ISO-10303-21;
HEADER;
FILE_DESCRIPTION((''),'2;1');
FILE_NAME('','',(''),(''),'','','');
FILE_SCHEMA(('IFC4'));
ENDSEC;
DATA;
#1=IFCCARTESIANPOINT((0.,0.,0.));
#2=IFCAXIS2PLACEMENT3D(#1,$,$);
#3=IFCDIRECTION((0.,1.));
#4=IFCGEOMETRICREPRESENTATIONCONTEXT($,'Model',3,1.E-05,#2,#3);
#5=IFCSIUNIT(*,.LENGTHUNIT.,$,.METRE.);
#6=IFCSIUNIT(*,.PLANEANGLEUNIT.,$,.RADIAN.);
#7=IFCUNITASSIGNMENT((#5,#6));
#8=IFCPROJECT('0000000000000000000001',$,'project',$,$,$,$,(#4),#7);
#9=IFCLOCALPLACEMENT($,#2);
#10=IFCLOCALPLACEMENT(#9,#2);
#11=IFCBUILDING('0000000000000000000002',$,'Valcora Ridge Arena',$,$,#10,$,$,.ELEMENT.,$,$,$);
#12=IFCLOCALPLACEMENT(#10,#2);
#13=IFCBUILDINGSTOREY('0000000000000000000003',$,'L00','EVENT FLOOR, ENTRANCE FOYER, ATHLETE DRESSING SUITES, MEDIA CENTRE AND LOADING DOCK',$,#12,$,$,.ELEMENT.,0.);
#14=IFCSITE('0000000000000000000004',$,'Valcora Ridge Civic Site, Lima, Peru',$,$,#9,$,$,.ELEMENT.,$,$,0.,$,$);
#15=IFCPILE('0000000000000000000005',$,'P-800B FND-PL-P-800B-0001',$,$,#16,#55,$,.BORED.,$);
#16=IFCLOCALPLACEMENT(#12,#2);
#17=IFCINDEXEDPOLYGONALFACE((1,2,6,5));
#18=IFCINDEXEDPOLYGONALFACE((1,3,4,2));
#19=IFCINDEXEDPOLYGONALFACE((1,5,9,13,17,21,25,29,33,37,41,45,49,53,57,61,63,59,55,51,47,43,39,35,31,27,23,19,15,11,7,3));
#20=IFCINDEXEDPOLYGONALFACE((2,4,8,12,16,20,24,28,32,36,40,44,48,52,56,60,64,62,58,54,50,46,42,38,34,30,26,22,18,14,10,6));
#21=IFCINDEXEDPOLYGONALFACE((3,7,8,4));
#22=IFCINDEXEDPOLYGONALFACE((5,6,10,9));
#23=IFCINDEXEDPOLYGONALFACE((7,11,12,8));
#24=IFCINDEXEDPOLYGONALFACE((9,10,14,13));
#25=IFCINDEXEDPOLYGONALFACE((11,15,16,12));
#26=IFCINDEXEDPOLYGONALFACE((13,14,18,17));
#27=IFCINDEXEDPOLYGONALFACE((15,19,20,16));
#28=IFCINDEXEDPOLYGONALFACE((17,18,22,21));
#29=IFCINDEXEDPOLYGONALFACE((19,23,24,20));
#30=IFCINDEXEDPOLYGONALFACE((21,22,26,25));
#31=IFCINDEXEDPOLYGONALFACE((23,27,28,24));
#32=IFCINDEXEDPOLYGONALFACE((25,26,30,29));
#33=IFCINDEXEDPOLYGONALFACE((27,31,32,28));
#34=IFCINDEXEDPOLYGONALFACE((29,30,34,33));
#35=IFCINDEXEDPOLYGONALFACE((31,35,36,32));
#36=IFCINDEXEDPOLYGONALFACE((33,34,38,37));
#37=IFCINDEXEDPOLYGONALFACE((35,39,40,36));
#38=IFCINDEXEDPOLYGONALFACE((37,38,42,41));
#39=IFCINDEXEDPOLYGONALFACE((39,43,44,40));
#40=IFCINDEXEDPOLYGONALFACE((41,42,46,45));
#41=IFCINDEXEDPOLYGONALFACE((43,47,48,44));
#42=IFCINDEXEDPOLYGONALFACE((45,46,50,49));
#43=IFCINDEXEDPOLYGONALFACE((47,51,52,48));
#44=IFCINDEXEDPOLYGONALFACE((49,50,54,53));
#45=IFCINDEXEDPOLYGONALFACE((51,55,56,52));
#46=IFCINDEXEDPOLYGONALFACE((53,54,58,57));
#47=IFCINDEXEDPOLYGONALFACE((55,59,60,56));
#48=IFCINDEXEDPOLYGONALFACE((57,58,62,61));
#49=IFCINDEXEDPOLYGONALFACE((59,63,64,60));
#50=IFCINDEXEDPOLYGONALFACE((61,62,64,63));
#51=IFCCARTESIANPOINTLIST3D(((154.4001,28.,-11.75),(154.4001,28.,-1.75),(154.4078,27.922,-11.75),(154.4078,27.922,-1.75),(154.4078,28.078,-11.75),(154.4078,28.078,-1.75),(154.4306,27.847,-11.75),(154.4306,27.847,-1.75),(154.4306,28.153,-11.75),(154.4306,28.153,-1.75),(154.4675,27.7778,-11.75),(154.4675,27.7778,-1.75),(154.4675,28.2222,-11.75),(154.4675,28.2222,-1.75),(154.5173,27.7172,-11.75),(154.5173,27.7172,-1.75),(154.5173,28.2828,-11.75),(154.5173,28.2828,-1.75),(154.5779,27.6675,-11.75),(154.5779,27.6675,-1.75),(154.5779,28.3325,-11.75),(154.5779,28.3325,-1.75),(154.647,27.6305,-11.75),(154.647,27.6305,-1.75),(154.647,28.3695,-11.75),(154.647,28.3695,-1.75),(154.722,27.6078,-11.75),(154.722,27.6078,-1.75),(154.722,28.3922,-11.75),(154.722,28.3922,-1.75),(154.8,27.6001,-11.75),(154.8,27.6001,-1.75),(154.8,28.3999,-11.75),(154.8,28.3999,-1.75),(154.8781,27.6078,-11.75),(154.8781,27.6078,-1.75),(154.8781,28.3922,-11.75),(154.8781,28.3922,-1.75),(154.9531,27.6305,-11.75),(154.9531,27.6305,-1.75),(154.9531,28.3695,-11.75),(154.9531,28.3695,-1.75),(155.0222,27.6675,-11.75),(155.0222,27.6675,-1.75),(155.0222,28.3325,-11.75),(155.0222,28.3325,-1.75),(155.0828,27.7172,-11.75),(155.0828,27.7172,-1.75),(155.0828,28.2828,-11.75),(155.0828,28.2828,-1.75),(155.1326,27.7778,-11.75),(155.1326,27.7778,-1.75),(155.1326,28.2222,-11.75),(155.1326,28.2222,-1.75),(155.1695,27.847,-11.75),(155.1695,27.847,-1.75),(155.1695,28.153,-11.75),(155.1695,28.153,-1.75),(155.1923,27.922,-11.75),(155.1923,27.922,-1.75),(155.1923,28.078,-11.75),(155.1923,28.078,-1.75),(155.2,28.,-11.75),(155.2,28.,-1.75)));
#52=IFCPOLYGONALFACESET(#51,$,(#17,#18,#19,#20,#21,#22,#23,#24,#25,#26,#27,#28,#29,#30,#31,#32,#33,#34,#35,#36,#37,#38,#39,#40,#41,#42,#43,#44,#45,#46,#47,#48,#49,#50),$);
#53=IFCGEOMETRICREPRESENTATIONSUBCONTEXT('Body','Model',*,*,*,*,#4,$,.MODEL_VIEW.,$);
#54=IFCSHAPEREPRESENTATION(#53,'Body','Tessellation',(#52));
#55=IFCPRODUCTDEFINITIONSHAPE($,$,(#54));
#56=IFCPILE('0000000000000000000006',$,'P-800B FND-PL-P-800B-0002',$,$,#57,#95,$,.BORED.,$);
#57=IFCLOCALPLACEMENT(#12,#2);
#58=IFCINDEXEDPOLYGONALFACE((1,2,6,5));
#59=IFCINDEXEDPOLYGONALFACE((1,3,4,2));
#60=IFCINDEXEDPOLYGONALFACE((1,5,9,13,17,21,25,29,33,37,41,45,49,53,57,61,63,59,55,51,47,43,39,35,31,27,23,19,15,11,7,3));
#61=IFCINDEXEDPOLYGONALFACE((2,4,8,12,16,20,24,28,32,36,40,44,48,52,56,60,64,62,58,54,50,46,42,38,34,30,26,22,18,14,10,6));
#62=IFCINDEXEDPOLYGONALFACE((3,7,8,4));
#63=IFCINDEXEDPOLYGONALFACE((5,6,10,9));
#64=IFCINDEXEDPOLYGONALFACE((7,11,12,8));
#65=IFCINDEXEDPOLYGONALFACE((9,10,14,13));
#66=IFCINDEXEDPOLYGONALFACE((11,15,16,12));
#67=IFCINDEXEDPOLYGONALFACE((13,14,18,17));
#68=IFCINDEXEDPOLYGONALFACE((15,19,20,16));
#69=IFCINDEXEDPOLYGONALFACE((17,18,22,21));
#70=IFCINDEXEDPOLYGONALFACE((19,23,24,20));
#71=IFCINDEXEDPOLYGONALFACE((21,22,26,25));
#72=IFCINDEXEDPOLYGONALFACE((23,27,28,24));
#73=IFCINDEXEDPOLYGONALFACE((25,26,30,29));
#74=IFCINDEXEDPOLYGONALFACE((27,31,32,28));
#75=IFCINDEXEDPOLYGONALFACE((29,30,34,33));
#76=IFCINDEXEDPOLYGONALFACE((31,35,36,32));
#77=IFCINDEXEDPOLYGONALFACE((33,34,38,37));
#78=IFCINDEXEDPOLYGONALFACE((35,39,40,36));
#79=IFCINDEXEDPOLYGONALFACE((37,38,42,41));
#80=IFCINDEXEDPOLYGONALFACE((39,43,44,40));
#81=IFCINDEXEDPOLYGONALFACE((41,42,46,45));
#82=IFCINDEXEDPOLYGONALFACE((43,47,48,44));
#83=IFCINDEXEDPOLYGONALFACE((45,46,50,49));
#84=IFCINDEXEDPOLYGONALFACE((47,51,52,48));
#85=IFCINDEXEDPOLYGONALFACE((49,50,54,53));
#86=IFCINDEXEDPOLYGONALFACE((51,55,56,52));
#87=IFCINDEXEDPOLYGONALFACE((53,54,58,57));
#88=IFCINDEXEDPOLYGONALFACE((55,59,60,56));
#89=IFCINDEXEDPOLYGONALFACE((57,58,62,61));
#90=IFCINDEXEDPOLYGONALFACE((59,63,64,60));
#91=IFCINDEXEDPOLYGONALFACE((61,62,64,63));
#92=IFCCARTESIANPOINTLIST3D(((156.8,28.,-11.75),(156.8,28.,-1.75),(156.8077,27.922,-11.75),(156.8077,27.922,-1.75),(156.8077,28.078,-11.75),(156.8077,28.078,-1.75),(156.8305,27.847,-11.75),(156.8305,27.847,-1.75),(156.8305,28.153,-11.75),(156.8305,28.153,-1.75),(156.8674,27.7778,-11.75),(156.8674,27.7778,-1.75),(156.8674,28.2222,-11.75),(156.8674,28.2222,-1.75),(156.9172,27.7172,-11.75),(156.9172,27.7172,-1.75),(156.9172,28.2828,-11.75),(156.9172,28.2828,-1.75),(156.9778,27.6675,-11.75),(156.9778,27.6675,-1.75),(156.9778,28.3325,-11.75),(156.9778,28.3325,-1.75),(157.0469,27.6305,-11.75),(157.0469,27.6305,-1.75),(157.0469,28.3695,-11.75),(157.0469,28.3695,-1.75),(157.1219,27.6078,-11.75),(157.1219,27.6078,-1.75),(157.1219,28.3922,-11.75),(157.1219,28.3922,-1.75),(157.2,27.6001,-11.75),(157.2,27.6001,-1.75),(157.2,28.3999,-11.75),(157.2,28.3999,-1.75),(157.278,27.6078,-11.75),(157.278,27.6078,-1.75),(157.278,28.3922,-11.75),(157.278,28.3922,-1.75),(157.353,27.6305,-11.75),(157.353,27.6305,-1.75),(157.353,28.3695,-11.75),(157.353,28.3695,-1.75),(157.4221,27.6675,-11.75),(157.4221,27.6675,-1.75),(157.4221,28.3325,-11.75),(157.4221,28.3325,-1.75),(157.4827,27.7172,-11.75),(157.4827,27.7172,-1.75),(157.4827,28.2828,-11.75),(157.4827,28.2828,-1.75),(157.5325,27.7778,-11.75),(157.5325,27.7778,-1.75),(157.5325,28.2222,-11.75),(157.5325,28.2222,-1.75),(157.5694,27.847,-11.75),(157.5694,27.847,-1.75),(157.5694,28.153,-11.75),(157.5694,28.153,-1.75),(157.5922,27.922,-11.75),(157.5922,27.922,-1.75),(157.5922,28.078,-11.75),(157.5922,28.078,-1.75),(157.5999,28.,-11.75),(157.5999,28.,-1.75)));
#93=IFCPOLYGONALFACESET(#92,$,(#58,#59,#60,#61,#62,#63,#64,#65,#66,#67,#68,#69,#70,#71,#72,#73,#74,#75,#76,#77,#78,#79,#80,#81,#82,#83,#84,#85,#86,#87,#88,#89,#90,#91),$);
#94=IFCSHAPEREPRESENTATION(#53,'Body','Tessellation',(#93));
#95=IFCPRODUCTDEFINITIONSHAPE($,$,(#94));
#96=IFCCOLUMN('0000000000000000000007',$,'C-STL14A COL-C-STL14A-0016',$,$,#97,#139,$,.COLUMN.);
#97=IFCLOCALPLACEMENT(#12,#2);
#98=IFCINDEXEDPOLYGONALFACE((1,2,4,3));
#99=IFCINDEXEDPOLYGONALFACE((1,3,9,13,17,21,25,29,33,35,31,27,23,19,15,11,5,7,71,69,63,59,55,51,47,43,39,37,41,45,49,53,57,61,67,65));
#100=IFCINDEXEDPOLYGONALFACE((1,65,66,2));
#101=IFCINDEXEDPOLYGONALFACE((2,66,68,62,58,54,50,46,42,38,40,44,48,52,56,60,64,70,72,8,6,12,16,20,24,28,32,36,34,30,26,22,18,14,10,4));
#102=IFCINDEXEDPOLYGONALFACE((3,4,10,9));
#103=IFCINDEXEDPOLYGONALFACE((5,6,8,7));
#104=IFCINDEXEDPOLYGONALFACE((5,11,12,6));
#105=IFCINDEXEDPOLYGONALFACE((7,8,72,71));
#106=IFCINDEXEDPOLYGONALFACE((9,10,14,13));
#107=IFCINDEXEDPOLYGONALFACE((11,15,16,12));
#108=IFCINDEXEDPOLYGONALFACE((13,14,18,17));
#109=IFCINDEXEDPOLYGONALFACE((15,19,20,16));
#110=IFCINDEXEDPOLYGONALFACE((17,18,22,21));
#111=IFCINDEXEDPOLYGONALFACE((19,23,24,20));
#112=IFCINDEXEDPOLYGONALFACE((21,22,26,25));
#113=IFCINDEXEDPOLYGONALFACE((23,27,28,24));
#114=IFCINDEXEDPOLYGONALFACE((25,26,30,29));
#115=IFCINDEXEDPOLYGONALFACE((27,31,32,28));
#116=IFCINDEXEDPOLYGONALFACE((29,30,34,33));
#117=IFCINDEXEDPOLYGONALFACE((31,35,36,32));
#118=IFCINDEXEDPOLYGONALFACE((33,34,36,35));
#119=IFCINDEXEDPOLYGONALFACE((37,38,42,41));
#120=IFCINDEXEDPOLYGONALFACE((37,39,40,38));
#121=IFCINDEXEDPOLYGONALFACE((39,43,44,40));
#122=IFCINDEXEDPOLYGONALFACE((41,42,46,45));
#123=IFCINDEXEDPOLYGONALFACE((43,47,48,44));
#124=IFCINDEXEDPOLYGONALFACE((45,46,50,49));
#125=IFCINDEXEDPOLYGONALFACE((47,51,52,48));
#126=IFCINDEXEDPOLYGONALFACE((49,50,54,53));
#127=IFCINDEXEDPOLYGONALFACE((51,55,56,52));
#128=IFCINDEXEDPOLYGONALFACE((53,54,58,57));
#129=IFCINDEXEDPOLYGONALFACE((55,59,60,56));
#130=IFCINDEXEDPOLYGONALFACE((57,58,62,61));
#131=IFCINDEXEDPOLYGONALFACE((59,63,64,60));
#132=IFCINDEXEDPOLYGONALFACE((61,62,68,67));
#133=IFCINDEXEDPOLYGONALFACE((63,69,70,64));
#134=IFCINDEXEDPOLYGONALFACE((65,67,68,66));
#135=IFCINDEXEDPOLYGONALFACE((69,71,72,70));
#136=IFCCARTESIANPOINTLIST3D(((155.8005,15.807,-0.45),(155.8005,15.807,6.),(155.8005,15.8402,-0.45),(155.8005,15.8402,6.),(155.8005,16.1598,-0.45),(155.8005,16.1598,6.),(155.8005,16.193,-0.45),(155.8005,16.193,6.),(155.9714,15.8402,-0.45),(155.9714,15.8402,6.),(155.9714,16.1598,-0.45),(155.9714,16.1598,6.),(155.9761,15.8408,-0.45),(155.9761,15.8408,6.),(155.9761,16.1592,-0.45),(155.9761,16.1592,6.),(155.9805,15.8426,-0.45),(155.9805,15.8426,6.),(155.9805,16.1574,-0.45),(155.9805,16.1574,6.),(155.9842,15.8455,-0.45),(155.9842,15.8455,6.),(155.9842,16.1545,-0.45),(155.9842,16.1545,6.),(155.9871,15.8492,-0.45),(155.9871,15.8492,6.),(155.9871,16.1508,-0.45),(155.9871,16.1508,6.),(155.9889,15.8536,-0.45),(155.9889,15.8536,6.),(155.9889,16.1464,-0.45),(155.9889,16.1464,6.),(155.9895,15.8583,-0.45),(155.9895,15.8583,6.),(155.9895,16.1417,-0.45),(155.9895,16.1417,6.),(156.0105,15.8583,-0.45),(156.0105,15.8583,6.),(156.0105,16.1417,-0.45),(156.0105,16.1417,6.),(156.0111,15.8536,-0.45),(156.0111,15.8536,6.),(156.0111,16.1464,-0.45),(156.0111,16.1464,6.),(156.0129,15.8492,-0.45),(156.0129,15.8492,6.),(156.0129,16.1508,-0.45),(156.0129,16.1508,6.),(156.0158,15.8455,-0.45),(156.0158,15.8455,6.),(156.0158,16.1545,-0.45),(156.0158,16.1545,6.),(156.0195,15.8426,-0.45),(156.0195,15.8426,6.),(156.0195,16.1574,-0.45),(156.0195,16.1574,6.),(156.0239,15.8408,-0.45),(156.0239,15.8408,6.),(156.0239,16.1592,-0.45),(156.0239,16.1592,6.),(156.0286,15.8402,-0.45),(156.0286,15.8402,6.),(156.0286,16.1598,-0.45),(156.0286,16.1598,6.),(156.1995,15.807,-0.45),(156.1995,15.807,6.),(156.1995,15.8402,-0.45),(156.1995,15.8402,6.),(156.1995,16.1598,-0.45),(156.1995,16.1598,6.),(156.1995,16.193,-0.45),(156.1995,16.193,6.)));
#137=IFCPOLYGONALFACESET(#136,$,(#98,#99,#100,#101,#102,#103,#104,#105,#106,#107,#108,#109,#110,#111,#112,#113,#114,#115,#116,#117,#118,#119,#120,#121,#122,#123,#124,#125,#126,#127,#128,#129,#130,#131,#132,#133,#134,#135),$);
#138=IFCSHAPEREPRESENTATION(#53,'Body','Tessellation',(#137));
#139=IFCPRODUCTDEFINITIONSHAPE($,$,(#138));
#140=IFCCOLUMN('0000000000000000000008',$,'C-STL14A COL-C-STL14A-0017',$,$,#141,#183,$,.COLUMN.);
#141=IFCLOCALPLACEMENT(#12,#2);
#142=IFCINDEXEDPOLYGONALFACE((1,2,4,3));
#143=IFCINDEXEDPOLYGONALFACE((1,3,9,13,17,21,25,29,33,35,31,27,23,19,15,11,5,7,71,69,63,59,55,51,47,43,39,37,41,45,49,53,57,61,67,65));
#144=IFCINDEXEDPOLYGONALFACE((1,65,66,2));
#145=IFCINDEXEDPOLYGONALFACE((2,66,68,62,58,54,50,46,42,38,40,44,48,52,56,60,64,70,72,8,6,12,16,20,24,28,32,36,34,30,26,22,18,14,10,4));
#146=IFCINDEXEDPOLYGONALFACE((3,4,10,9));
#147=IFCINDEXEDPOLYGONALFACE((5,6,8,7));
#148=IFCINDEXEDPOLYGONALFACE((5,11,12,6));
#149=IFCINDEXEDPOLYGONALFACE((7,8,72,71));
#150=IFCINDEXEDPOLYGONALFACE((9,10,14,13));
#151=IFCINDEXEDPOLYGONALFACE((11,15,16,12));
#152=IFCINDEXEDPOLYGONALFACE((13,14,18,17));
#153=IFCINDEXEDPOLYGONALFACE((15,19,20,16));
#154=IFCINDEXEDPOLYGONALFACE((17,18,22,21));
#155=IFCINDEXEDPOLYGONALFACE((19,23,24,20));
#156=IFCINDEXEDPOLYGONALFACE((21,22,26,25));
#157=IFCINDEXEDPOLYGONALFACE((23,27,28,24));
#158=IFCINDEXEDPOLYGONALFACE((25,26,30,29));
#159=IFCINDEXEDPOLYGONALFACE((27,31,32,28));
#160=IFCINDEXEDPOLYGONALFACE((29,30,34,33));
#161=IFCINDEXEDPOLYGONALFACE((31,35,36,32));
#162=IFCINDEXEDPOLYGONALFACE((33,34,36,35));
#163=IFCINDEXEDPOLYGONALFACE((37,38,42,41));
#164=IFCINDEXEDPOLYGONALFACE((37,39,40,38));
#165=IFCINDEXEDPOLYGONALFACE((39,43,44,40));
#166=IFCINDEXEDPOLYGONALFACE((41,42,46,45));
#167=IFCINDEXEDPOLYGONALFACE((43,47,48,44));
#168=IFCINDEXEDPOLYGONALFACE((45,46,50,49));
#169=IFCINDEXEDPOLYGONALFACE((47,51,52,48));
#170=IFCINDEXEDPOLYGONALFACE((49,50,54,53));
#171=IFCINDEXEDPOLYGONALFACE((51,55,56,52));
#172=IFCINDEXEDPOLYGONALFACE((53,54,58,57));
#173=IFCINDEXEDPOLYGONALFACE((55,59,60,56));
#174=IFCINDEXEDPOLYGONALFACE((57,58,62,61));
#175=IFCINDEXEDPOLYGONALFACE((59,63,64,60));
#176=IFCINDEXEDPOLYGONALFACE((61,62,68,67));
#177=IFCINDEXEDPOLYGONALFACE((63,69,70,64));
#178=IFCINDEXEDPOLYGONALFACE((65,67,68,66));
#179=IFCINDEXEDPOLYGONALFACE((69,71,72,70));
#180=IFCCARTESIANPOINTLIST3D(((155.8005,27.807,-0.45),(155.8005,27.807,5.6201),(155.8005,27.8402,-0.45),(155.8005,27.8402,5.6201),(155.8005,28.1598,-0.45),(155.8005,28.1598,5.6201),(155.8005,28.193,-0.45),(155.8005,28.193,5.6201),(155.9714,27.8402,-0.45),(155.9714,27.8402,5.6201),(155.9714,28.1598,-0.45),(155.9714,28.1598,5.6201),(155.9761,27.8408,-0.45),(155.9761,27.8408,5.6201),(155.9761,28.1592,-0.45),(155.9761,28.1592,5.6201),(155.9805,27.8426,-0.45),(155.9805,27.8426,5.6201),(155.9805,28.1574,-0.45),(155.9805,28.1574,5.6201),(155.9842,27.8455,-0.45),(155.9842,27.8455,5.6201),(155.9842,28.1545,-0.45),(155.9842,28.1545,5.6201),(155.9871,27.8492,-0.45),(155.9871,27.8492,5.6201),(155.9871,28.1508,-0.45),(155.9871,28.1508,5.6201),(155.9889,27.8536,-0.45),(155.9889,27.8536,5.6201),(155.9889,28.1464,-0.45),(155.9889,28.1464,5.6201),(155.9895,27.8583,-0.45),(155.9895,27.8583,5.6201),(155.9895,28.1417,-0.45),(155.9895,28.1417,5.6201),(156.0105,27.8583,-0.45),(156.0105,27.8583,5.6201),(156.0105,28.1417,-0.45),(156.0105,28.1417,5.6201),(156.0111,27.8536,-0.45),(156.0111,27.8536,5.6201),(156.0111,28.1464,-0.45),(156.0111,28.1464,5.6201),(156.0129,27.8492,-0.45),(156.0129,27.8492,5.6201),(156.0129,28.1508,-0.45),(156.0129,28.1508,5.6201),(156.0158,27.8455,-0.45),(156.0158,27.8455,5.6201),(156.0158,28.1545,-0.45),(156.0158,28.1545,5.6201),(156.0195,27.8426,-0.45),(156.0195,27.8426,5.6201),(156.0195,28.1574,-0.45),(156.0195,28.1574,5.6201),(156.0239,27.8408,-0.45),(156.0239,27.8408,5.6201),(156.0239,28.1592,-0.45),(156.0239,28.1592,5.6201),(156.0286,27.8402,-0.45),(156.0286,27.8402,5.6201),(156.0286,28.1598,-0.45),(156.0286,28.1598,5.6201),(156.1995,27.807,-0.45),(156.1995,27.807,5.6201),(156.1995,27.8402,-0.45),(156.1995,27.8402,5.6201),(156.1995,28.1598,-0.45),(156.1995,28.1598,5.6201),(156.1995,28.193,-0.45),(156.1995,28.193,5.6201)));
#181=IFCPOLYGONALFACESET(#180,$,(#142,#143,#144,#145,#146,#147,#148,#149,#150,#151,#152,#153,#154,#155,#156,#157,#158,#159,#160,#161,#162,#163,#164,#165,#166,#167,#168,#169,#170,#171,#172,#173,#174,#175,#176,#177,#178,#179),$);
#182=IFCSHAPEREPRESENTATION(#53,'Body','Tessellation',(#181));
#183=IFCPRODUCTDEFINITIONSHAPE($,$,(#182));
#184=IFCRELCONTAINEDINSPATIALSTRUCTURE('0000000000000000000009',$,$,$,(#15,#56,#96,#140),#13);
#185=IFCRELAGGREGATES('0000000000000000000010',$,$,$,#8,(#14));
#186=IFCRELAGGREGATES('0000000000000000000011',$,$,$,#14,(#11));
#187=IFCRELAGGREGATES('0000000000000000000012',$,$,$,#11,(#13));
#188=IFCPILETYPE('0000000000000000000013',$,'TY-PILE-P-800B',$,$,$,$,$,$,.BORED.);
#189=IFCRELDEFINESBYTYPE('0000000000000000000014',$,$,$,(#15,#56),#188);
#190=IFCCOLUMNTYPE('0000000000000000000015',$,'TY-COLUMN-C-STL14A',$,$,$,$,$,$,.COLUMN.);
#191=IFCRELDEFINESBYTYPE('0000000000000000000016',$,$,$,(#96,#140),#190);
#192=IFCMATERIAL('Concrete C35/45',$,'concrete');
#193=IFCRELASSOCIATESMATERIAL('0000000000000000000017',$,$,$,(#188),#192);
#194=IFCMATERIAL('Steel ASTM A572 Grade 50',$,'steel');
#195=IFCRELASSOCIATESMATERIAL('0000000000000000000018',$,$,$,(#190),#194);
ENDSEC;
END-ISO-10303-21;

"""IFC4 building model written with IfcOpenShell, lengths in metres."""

from ifc_helpers import new_model, si_unit, direction, frame, origin, origin_2d, place, context, subcontext, project, spatial, circle, i_section, extrude, material, material_profile, profile_set, type_object, element, save


model = new_model("IFC4")

# Units and contexts
model_context = context("Model", 3, precision=1e-05, world=origin(), true_north=direction((0.0, 1.0)))
body_context = subcontext(model_context, "Body", "Model", "MODEL_VIEW")
ifc_project = project(units=[si_unit("LENGTHUNIT", "METRE"), si_unit("PLANEANGLEUNIT", "RADIAN")], contexts=[model_context])

# Site, building, storey
site_placement = place(None, origin())
site = spatial("IfcSite", under=ifc_project, at=site_placement, Name="Valcora Ridge Civic Site, Lima, Peru", CompositionType="ELEMENT", RefElevation=0.0)
building_placement = place(site_placement, origin())
building = spatial("IfcBuilding", under=site, at=building_placement, Name="Valcora Ridge Arena", CompositionType="ELEMENT")
storey_placement = place(building_placement, origin())
storey = spatial("IfcBuildingStorey", under=building, at=storey_placement, Name="L00", Description="EVENT FLOOR, ENTRANCE FOYER, ATHLETE DRESSING SUITES, MEDIA CENTRE AND LOADING DOCK", CompositionType="ELEMENT", Elevation=0.0)

# Piles
ifc_material_1 = material(Name="Concrete C35/45", Category="concrete")
ifc_material_profile_1 = material_profile(ifc_material_1, circle(Radius=0.3999, at=origin_2d()), Name="BORED PILE D800")
ifc_profile_set_1 = profile_set([ifc_material_profile_1], Name="Concrete C35/45")
pile_type_1 = type_object("IfcPileType", Name="TY-PILE-P-800B", PredefinedType="BORED", material=ifc_profile_set_1)
for number, where, z_axis, x_axis, name in (
    (1, (154.8, 28.0, -1.75), (0.0, 0.0, -1.0), (1.0, 0.0, 0.0), "P-800B FND-PL-P-800B-0001"),
    (2, (157.2, 28.0, -1.75), (0.0, 0.0, -1.0), (1.0, 0.0, 0.0), "P-800B FND-PL-P-800B-0002"),
):
    element("IfcPile", number, at=place(storey_placement, frame(where, z_axis=z_axis, x_axis=x_axis)), inside=storey, type_object=pile_type_1, Name=name, PredefinedType="BORED", context=body_context, shape_type="SweptSolid", body=[
        extrude(circle(Radius=0.3999, at=origin_2d()), origin(), (0.0, 0.0, 1.0), 10.0),
    ])

# Columns
ifc_material_2 = material(Name="Steel ASTM A572 Grade 50", Category="steel")
ifc_material_profile_2 = material_profile(ifc_material_2, i_section(OverallWidth=0.3989, OverallDepth=0.386, WebThickness=0.021, FlangeThickness=0.0332, FilletRadius=0.0181, at=origin_2d()), Name="W14X176")
ifc_profile_set_2 = profile_set([ifc_material_profile_2], Name="Steel ASTM A572 Grade 50")
column_type = type_object("IfcColumnType", Name="TY-COLUMN-C-STL14A", PredefinedType="COLUMN", material=ifc_profile_set_2)
column_1_placement = place(storey_placement, frame((156.0, 16.0, -0.45), z_axis=(0.0, 0.0, 1.0), x_axis=(1.0, 0.0, 0.0)))
element("IfcColumn", 3, at=column_1_placement, inside=storey, type_object=column_type, Name="C-STL14A COL-C-STL14A-0016", PredefinedType="COLUMN", context=body_context, shape_type="SweptSolid", body=[
    extrude(i_section(OverallWidth=0.3989, OverallDepth=0.386, WebThickness=0.021, FlangeThickness=0.0332, FilletRadius=0.0181, at=origin_2d()), origin(), (0.0, 0.0, 1.0), 6.45),
])
column_2_placement = place(storey_placement, frame((156.0, 28.0, -0.45), z_axis=(0.0, 0.0, 1.0), x_axis=(1.0, 0.0, 0.0)))
element("IfcColumn", 4, at=column_2_placement, inside=storey, type_object=column_type, Name="C-STL14A COL-C-STL14A-0017", PredefinedType="COLUMN", context=body_context, shape_type="SweptSolid", body=[
    extrude(i_section(OverallWidth=0.3989, OverallDepth=0.386, WebThickness=0.021, FlangeThickness=0.0332, FilletRadius=0.0181, at=origin_2d()), origin(), (0.0, 0.0, 1.0), 6.0701),
])

save(model, "model.ifc")
